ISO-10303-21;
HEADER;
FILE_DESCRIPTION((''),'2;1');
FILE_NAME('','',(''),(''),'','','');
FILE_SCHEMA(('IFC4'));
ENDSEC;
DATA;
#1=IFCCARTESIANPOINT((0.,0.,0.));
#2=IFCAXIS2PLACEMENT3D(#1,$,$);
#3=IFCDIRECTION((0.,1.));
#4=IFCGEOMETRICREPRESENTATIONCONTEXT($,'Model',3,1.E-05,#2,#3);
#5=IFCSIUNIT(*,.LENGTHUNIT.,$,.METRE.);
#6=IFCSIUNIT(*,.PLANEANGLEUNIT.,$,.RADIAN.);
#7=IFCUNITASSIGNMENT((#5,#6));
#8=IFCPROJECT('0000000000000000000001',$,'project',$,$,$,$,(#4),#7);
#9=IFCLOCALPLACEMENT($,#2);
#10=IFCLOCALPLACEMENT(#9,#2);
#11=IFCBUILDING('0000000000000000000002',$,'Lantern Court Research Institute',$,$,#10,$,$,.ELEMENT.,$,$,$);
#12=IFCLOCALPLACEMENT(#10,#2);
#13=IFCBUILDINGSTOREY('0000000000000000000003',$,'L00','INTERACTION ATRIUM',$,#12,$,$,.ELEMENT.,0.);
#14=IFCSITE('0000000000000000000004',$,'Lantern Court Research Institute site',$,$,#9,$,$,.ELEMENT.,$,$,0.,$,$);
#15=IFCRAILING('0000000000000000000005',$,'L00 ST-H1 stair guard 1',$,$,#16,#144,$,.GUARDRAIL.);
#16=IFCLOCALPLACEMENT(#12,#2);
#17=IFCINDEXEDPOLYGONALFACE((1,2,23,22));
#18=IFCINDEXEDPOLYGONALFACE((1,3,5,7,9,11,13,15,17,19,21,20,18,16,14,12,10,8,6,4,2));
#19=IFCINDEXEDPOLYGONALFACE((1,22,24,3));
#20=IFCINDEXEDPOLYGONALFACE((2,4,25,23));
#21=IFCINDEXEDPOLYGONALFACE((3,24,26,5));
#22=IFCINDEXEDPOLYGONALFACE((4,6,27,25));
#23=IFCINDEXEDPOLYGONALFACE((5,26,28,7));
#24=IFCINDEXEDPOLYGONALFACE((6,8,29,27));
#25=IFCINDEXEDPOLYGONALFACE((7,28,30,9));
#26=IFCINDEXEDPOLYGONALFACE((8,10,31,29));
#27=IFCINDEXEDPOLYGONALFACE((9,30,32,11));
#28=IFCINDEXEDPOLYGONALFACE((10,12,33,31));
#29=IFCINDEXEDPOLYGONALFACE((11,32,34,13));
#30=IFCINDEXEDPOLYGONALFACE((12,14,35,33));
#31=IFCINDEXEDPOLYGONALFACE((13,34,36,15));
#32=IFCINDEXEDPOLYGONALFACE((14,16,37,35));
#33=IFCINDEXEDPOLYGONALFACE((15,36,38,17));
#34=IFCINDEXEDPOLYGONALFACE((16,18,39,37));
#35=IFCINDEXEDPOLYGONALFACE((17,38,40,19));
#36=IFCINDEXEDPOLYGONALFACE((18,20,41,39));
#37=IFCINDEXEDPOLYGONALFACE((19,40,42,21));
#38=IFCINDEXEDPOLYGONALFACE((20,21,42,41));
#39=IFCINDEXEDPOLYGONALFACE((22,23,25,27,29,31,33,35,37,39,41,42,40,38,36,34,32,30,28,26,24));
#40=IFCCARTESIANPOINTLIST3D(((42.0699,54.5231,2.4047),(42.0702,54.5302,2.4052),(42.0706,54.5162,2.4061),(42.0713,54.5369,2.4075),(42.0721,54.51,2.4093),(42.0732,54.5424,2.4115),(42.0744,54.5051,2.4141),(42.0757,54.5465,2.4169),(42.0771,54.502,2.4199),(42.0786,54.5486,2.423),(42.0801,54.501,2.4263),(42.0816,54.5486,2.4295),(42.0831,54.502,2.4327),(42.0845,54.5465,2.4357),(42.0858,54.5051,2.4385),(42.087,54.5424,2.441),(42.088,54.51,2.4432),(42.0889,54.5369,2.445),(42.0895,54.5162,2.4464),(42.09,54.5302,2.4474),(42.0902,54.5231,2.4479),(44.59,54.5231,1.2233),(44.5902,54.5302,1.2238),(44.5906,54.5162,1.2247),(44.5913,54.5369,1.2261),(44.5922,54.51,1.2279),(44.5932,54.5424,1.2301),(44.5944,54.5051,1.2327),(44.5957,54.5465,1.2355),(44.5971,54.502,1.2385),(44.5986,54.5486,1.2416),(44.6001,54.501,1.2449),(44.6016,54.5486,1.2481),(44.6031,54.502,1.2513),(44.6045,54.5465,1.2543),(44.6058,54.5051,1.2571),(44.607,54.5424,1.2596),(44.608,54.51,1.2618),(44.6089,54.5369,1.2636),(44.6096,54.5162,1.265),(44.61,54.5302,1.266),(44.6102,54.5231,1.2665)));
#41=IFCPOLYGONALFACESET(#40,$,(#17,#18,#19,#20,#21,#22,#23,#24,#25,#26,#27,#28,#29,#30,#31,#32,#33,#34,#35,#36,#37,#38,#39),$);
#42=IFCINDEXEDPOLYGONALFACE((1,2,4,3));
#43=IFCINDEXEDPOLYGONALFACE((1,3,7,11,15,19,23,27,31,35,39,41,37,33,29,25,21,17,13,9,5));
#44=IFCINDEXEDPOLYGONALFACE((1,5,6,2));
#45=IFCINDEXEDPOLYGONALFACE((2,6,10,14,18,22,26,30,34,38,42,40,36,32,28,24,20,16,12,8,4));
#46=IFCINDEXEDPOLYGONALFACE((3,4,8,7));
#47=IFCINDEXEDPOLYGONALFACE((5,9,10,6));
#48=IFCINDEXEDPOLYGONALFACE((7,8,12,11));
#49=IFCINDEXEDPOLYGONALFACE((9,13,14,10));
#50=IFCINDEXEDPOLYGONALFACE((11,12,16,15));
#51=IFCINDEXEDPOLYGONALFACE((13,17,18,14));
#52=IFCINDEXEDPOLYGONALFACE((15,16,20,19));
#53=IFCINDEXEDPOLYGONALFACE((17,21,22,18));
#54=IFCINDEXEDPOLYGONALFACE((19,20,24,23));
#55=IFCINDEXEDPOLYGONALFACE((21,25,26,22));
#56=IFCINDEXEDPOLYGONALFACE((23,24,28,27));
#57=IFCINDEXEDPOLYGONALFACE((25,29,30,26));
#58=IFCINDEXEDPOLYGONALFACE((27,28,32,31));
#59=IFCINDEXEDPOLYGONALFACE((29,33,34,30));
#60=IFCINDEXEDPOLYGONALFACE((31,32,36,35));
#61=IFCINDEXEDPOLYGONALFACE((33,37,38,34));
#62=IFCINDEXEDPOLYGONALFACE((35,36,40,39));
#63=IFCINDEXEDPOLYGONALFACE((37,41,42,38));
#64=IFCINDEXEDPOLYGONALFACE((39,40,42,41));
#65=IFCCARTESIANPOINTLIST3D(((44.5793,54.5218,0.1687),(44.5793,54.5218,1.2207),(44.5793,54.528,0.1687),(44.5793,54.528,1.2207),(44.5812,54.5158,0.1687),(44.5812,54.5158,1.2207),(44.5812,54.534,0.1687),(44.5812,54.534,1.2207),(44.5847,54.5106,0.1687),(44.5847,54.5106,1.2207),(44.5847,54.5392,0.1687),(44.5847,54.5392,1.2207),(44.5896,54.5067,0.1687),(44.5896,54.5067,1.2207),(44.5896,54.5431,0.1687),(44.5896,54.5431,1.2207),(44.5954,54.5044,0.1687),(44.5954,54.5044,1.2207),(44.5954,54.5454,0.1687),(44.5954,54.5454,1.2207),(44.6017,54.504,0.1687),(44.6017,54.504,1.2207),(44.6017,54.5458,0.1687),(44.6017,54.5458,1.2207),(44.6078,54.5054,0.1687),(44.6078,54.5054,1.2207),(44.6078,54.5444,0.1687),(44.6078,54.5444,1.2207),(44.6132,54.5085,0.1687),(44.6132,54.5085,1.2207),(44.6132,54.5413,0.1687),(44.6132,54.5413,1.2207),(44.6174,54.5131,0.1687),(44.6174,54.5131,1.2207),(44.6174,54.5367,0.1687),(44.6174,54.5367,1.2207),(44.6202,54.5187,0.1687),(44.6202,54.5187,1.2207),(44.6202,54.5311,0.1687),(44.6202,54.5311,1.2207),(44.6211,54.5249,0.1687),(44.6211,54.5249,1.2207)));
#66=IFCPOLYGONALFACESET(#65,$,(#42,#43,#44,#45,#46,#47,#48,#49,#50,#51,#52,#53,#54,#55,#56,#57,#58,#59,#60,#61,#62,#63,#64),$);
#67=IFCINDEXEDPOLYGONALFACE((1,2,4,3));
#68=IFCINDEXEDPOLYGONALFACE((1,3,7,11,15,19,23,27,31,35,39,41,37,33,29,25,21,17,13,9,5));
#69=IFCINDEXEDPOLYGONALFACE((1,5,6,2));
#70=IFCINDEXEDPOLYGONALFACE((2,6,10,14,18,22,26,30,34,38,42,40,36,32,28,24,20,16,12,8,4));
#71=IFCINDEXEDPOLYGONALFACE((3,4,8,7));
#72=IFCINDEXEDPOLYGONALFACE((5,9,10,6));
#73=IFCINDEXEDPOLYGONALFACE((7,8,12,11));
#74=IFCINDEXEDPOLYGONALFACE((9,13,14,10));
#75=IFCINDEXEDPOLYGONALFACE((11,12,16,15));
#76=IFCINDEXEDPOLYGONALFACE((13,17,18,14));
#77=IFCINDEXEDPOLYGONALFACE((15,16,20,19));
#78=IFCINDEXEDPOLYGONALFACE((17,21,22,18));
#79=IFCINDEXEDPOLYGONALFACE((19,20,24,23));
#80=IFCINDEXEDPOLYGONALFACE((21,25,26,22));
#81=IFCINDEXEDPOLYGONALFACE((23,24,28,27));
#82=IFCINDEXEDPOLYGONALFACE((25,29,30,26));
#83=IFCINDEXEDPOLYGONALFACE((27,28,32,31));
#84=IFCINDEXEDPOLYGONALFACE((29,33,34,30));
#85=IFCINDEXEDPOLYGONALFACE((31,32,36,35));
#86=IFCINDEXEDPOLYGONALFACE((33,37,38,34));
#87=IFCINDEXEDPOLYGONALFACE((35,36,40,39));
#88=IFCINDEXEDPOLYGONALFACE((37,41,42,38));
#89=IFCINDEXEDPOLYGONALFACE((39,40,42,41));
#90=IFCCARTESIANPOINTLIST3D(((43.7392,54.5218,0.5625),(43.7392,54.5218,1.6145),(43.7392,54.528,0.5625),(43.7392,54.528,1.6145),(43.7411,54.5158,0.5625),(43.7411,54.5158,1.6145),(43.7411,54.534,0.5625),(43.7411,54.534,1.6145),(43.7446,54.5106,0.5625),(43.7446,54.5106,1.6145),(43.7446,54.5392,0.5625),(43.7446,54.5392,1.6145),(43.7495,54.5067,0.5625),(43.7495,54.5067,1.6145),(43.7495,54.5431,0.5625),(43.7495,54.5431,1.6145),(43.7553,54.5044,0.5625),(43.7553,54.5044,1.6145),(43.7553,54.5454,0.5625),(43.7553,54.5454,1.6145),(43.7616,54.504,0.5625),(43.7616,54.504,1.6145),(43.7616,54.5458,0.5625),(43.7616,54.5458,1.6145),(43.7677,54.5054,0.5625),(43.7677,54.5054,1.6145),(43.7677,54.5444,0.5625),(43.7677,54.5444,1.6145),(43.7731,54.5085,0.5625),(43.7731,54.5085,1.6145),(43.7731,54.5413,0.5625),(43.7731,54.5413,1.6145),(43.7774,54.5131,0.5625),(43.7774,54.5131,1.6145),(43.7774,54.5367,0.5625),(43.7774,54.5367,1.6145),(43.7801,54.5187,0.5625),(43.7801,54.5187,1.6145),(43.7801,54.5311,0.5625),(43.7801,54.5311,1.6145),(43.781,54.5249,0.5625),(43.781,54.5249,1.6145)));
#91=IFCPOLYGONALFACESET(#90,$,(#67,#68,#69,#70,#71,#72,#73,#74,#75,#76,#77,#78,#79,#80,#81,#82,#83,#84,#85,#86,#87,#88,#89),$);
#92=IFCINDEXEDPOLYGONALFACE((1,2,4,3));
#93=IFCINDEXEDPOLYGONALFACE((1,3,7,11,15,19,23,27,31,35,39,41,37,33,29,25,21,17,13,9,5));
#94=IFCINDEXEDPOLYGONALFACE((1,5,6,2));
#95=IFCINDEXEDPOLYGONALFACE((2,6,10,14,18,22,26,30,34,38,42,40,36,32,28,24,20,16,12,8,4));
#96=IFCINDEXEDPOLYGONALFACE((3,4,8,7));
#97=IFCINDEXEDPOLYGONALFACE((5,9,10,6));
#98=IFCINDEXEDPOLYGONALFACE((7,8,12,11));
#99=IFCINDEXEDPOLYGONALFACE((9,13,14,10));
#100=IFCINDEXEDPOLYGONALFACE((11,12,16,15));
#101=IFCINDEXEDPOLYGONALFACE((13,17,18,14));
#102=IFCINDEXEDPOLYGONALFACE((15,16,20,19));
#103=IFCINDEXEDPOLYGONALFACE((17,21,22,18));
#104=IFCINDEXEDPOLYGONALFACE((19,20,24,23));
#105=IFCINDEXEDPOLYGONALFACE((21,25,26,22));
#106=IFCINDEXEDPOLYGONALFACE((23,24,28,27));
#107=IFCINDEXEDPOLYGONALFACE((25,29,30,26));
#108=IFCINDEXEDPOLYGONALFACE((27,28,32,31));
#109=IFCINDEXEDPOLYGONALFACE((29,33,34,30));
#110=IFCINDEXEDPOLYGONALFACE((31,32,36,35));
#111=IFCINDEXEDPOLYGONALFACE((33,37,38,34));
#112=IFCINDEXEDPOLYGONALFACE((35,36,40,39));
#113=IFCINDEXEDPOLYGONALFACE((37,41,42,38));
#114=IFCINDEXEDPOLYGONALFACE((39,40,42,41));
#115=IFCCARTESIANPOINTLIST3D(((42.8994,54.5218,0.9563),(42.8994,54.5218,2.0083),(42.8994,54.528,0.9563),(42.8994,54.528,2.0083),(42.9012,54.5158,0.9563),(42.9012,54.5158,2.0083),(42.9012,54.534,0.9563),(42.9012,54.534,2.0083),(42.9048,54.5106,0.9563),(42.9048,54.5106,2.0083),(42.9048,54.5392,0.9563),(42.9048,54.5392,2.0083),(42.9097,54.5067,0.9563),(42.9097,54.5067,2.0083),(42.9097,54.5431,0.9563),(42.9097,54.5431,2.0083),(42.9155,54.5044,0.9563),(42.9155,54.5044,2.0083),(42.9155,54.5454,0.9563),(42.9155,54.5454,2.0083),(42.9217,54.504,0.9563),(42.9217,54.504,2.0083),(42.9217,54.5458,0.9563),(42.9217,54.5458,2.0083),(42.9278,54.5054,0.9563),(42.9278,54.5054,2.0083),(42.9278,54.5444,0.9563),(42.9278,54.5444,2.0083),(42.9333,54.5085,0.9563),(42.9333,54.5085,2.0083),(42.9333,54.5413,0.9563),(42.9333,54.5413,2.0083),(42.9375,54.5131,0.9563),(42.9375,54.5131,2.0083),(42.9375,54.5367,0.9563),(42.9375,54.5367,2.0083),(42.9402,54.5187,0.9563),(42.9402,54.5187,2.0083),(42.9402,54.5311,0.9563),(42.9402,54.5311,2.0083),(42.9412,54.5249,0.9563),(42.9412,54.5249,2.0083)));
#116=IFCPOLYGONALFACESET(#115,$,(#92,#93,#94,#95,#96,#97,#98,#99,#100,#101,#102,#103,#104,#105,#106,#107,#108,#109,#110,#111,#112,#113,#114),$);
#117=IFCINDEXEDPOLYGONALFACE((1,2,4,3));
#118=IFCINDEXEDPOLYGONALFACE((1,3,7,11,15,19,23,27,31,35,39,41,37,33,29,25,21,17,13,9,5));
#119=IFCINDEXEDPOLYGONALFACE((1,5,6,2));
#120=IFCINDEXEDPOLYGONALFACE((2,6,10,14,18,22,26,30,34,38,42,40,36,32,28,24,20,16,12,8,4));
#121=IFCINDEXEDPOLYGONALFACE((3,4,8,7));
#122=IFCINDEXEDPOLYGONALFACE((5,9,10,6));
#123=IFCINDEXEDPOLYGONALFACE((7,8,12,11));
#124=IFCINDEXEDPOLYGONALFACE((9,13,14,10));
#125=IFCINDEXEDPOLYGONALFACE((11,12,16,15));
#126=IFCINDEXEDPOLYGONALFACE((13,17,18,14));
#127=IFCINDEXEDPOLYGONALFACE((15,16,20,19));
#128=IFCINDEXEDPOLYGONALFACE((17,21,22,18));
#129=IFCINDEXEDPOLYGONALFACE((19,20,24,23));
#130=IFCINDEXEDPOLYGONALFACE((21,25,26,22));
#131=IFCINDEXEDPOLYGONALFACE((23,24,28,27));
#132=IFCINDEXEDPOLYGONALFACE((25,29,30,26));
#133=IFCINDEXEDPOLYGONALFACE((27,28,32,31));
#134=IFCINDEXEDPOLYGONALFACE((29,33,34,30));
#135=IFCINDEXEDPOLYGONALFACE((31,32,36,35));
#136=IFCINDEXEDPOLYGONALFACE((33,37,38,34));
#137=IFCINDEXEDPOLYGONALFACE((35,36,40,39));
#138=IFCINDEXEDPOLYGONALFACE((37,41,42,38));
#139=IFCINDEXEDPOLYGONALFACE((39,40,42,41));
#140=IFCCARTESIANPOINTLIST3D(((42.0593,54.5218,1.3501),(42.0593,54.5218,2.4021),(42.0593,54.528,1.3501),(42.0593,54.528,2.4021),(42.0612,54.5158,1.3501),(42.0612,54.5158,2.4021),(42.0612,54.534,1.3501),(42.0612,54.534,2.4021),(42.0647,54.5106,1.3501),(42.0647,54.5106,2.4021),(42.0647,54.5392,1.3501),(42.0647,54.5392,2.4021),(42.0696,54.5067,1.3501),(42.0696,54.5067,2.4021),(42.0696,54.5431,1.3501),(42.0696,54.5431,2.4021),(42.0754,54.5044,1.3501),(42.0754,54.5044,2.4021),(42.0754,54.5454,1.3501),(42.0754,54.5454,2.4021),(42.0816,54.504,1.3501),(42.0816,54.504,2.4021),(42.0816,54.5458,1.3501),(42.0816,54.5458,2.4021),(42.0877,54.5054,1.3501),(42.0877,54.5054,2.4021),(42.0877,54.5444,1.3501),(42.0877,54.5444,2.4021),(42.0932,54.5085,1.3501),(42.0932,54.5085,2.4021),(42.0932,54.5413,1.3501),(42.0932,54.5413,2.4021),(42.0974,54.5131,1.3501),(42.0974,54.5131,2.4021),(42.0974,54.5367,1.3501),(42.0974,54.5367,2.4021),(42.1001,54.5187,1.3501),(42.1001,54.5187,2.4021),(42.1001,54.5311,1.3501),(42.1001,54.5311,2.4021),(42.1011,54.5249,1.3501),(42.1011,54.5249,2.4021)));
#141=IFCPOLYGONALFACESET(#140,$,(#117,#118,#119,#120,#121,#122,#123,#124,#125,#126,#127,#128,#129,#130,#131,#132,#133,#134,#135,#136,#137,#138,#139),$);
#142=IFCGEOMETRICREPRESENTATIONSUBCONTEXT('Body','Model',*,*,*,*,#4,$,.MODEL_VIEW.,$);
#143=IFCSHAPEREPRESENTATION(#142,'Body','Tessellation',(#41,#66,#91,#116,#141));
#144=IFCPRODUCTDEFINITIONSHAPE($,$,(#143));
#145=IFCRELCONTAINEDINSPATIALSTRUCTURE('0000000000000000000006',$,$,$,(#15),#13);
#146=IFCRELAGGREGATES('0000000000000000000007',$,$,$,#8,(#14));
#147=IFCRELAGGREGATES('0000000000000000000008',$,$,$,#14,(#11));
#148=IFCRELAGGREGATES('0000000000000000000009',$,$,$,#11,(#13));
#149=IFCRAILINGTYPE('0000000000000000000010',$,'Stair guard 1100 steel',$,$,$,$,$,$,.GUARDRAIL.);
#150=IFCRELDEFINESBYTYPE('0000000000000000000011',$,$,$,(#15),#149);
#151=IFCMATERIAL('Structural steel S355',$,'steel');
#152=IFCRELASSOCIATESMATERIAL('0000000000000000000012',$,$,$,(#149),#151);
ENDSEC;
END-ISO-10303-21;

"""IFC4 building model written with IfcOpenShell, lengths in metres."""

from ifc_helpers import new_model, si_unit, direction, frame, origin, origin_2d, place, context, subcontext, project, spatial, circle, extrude, material, type_object, element, save


model = new_model("IFC4")

# Units and contexts
model_context = context("Model", 3, precision=1e-05, world=origin(), true_north=direction((0.0, 1.0)))
body_context = subcontext(model_context, "Body", "Model", "MODEL_VIEW")
ifc_project = project(units=[si_unit("LENGTHUNIT", "METRE"), si_unit("PLANEANGLEUNIT", "RADIAN")], contexts=[model_context])

# Site, building, storey
site_placement = place(None, origin())
site = spatial("IfcSite", under=ifc_project, at=site_placement, Name="Lantern Court Research Institute site", CompositionType="ELEMENT", RefElevation=0.0)
building_placement = place(site_placement, origin())
building = spatial("IfcBuilding", under=site, at=building_placement, Name="Lantern Court Research Institute", CompositionType="ELEMENT")
storey_placement = place(building_placement, origin())
storey = spatial("IfcBuildingStorey", under=building, at=storey_placement, Name="L00", Description="INTERACTION ATRIUM", CompositionType="ELEMENT", Elevation=0.0)

# Railing
ifc_material_1 = material(Name="Structural steel S355", Category="steel")
railing_type_1 = type_object("IfcRailingType", Name="Stair guard 1100 steel", PredefinedType="GUARDRAIL", material=ifc_material_1)
railing_1_placement = place(storey_placement, frame((44.6001, 54.5249, 0.1687)))
element("IfcRailing", 1, at=railing_1_placement, inside=storey, type_object=railing_type_1, Name="L00 ST-H1 stair guard 1", PredefinedType="GUARDRAIL", context=body_context, shape_type="SweptSolid", body=[
    extrude(circle(Radius=0.0239, at=origin_2d()), frame((0.0, 0.0, 1.0762), z_axis=(-0.90544, 0.0, 0.424474), x_axis=(0.0, -1.0, 0.0)), (0.0, 0.0, 1.0), 2.7832),
    extrude(circle(Radius=0.021, at=origin_2d()), origin(), (0.0, 0.0, 1.0), 1.052),
    extrude(circle(Radius=0.021, at=origin_2d()), frame((-0.8401, 0.0, 0.3938)), (0.0, 0.0, 1.0), 1.052),
    extrude(circle(Radius=0.021, at=origin_2d()), frame((-1.6799, 0.0, 0.7876)), (0.0, 0.0, 1.0), 1.052),
    extrude(circle(Radius=0.021, at=origin_2d()), frame((-2.52, 0.0, 1.1814)), (0.0, 0.0, 1.0), 1.052),
])

save(model, "model.ifc")
